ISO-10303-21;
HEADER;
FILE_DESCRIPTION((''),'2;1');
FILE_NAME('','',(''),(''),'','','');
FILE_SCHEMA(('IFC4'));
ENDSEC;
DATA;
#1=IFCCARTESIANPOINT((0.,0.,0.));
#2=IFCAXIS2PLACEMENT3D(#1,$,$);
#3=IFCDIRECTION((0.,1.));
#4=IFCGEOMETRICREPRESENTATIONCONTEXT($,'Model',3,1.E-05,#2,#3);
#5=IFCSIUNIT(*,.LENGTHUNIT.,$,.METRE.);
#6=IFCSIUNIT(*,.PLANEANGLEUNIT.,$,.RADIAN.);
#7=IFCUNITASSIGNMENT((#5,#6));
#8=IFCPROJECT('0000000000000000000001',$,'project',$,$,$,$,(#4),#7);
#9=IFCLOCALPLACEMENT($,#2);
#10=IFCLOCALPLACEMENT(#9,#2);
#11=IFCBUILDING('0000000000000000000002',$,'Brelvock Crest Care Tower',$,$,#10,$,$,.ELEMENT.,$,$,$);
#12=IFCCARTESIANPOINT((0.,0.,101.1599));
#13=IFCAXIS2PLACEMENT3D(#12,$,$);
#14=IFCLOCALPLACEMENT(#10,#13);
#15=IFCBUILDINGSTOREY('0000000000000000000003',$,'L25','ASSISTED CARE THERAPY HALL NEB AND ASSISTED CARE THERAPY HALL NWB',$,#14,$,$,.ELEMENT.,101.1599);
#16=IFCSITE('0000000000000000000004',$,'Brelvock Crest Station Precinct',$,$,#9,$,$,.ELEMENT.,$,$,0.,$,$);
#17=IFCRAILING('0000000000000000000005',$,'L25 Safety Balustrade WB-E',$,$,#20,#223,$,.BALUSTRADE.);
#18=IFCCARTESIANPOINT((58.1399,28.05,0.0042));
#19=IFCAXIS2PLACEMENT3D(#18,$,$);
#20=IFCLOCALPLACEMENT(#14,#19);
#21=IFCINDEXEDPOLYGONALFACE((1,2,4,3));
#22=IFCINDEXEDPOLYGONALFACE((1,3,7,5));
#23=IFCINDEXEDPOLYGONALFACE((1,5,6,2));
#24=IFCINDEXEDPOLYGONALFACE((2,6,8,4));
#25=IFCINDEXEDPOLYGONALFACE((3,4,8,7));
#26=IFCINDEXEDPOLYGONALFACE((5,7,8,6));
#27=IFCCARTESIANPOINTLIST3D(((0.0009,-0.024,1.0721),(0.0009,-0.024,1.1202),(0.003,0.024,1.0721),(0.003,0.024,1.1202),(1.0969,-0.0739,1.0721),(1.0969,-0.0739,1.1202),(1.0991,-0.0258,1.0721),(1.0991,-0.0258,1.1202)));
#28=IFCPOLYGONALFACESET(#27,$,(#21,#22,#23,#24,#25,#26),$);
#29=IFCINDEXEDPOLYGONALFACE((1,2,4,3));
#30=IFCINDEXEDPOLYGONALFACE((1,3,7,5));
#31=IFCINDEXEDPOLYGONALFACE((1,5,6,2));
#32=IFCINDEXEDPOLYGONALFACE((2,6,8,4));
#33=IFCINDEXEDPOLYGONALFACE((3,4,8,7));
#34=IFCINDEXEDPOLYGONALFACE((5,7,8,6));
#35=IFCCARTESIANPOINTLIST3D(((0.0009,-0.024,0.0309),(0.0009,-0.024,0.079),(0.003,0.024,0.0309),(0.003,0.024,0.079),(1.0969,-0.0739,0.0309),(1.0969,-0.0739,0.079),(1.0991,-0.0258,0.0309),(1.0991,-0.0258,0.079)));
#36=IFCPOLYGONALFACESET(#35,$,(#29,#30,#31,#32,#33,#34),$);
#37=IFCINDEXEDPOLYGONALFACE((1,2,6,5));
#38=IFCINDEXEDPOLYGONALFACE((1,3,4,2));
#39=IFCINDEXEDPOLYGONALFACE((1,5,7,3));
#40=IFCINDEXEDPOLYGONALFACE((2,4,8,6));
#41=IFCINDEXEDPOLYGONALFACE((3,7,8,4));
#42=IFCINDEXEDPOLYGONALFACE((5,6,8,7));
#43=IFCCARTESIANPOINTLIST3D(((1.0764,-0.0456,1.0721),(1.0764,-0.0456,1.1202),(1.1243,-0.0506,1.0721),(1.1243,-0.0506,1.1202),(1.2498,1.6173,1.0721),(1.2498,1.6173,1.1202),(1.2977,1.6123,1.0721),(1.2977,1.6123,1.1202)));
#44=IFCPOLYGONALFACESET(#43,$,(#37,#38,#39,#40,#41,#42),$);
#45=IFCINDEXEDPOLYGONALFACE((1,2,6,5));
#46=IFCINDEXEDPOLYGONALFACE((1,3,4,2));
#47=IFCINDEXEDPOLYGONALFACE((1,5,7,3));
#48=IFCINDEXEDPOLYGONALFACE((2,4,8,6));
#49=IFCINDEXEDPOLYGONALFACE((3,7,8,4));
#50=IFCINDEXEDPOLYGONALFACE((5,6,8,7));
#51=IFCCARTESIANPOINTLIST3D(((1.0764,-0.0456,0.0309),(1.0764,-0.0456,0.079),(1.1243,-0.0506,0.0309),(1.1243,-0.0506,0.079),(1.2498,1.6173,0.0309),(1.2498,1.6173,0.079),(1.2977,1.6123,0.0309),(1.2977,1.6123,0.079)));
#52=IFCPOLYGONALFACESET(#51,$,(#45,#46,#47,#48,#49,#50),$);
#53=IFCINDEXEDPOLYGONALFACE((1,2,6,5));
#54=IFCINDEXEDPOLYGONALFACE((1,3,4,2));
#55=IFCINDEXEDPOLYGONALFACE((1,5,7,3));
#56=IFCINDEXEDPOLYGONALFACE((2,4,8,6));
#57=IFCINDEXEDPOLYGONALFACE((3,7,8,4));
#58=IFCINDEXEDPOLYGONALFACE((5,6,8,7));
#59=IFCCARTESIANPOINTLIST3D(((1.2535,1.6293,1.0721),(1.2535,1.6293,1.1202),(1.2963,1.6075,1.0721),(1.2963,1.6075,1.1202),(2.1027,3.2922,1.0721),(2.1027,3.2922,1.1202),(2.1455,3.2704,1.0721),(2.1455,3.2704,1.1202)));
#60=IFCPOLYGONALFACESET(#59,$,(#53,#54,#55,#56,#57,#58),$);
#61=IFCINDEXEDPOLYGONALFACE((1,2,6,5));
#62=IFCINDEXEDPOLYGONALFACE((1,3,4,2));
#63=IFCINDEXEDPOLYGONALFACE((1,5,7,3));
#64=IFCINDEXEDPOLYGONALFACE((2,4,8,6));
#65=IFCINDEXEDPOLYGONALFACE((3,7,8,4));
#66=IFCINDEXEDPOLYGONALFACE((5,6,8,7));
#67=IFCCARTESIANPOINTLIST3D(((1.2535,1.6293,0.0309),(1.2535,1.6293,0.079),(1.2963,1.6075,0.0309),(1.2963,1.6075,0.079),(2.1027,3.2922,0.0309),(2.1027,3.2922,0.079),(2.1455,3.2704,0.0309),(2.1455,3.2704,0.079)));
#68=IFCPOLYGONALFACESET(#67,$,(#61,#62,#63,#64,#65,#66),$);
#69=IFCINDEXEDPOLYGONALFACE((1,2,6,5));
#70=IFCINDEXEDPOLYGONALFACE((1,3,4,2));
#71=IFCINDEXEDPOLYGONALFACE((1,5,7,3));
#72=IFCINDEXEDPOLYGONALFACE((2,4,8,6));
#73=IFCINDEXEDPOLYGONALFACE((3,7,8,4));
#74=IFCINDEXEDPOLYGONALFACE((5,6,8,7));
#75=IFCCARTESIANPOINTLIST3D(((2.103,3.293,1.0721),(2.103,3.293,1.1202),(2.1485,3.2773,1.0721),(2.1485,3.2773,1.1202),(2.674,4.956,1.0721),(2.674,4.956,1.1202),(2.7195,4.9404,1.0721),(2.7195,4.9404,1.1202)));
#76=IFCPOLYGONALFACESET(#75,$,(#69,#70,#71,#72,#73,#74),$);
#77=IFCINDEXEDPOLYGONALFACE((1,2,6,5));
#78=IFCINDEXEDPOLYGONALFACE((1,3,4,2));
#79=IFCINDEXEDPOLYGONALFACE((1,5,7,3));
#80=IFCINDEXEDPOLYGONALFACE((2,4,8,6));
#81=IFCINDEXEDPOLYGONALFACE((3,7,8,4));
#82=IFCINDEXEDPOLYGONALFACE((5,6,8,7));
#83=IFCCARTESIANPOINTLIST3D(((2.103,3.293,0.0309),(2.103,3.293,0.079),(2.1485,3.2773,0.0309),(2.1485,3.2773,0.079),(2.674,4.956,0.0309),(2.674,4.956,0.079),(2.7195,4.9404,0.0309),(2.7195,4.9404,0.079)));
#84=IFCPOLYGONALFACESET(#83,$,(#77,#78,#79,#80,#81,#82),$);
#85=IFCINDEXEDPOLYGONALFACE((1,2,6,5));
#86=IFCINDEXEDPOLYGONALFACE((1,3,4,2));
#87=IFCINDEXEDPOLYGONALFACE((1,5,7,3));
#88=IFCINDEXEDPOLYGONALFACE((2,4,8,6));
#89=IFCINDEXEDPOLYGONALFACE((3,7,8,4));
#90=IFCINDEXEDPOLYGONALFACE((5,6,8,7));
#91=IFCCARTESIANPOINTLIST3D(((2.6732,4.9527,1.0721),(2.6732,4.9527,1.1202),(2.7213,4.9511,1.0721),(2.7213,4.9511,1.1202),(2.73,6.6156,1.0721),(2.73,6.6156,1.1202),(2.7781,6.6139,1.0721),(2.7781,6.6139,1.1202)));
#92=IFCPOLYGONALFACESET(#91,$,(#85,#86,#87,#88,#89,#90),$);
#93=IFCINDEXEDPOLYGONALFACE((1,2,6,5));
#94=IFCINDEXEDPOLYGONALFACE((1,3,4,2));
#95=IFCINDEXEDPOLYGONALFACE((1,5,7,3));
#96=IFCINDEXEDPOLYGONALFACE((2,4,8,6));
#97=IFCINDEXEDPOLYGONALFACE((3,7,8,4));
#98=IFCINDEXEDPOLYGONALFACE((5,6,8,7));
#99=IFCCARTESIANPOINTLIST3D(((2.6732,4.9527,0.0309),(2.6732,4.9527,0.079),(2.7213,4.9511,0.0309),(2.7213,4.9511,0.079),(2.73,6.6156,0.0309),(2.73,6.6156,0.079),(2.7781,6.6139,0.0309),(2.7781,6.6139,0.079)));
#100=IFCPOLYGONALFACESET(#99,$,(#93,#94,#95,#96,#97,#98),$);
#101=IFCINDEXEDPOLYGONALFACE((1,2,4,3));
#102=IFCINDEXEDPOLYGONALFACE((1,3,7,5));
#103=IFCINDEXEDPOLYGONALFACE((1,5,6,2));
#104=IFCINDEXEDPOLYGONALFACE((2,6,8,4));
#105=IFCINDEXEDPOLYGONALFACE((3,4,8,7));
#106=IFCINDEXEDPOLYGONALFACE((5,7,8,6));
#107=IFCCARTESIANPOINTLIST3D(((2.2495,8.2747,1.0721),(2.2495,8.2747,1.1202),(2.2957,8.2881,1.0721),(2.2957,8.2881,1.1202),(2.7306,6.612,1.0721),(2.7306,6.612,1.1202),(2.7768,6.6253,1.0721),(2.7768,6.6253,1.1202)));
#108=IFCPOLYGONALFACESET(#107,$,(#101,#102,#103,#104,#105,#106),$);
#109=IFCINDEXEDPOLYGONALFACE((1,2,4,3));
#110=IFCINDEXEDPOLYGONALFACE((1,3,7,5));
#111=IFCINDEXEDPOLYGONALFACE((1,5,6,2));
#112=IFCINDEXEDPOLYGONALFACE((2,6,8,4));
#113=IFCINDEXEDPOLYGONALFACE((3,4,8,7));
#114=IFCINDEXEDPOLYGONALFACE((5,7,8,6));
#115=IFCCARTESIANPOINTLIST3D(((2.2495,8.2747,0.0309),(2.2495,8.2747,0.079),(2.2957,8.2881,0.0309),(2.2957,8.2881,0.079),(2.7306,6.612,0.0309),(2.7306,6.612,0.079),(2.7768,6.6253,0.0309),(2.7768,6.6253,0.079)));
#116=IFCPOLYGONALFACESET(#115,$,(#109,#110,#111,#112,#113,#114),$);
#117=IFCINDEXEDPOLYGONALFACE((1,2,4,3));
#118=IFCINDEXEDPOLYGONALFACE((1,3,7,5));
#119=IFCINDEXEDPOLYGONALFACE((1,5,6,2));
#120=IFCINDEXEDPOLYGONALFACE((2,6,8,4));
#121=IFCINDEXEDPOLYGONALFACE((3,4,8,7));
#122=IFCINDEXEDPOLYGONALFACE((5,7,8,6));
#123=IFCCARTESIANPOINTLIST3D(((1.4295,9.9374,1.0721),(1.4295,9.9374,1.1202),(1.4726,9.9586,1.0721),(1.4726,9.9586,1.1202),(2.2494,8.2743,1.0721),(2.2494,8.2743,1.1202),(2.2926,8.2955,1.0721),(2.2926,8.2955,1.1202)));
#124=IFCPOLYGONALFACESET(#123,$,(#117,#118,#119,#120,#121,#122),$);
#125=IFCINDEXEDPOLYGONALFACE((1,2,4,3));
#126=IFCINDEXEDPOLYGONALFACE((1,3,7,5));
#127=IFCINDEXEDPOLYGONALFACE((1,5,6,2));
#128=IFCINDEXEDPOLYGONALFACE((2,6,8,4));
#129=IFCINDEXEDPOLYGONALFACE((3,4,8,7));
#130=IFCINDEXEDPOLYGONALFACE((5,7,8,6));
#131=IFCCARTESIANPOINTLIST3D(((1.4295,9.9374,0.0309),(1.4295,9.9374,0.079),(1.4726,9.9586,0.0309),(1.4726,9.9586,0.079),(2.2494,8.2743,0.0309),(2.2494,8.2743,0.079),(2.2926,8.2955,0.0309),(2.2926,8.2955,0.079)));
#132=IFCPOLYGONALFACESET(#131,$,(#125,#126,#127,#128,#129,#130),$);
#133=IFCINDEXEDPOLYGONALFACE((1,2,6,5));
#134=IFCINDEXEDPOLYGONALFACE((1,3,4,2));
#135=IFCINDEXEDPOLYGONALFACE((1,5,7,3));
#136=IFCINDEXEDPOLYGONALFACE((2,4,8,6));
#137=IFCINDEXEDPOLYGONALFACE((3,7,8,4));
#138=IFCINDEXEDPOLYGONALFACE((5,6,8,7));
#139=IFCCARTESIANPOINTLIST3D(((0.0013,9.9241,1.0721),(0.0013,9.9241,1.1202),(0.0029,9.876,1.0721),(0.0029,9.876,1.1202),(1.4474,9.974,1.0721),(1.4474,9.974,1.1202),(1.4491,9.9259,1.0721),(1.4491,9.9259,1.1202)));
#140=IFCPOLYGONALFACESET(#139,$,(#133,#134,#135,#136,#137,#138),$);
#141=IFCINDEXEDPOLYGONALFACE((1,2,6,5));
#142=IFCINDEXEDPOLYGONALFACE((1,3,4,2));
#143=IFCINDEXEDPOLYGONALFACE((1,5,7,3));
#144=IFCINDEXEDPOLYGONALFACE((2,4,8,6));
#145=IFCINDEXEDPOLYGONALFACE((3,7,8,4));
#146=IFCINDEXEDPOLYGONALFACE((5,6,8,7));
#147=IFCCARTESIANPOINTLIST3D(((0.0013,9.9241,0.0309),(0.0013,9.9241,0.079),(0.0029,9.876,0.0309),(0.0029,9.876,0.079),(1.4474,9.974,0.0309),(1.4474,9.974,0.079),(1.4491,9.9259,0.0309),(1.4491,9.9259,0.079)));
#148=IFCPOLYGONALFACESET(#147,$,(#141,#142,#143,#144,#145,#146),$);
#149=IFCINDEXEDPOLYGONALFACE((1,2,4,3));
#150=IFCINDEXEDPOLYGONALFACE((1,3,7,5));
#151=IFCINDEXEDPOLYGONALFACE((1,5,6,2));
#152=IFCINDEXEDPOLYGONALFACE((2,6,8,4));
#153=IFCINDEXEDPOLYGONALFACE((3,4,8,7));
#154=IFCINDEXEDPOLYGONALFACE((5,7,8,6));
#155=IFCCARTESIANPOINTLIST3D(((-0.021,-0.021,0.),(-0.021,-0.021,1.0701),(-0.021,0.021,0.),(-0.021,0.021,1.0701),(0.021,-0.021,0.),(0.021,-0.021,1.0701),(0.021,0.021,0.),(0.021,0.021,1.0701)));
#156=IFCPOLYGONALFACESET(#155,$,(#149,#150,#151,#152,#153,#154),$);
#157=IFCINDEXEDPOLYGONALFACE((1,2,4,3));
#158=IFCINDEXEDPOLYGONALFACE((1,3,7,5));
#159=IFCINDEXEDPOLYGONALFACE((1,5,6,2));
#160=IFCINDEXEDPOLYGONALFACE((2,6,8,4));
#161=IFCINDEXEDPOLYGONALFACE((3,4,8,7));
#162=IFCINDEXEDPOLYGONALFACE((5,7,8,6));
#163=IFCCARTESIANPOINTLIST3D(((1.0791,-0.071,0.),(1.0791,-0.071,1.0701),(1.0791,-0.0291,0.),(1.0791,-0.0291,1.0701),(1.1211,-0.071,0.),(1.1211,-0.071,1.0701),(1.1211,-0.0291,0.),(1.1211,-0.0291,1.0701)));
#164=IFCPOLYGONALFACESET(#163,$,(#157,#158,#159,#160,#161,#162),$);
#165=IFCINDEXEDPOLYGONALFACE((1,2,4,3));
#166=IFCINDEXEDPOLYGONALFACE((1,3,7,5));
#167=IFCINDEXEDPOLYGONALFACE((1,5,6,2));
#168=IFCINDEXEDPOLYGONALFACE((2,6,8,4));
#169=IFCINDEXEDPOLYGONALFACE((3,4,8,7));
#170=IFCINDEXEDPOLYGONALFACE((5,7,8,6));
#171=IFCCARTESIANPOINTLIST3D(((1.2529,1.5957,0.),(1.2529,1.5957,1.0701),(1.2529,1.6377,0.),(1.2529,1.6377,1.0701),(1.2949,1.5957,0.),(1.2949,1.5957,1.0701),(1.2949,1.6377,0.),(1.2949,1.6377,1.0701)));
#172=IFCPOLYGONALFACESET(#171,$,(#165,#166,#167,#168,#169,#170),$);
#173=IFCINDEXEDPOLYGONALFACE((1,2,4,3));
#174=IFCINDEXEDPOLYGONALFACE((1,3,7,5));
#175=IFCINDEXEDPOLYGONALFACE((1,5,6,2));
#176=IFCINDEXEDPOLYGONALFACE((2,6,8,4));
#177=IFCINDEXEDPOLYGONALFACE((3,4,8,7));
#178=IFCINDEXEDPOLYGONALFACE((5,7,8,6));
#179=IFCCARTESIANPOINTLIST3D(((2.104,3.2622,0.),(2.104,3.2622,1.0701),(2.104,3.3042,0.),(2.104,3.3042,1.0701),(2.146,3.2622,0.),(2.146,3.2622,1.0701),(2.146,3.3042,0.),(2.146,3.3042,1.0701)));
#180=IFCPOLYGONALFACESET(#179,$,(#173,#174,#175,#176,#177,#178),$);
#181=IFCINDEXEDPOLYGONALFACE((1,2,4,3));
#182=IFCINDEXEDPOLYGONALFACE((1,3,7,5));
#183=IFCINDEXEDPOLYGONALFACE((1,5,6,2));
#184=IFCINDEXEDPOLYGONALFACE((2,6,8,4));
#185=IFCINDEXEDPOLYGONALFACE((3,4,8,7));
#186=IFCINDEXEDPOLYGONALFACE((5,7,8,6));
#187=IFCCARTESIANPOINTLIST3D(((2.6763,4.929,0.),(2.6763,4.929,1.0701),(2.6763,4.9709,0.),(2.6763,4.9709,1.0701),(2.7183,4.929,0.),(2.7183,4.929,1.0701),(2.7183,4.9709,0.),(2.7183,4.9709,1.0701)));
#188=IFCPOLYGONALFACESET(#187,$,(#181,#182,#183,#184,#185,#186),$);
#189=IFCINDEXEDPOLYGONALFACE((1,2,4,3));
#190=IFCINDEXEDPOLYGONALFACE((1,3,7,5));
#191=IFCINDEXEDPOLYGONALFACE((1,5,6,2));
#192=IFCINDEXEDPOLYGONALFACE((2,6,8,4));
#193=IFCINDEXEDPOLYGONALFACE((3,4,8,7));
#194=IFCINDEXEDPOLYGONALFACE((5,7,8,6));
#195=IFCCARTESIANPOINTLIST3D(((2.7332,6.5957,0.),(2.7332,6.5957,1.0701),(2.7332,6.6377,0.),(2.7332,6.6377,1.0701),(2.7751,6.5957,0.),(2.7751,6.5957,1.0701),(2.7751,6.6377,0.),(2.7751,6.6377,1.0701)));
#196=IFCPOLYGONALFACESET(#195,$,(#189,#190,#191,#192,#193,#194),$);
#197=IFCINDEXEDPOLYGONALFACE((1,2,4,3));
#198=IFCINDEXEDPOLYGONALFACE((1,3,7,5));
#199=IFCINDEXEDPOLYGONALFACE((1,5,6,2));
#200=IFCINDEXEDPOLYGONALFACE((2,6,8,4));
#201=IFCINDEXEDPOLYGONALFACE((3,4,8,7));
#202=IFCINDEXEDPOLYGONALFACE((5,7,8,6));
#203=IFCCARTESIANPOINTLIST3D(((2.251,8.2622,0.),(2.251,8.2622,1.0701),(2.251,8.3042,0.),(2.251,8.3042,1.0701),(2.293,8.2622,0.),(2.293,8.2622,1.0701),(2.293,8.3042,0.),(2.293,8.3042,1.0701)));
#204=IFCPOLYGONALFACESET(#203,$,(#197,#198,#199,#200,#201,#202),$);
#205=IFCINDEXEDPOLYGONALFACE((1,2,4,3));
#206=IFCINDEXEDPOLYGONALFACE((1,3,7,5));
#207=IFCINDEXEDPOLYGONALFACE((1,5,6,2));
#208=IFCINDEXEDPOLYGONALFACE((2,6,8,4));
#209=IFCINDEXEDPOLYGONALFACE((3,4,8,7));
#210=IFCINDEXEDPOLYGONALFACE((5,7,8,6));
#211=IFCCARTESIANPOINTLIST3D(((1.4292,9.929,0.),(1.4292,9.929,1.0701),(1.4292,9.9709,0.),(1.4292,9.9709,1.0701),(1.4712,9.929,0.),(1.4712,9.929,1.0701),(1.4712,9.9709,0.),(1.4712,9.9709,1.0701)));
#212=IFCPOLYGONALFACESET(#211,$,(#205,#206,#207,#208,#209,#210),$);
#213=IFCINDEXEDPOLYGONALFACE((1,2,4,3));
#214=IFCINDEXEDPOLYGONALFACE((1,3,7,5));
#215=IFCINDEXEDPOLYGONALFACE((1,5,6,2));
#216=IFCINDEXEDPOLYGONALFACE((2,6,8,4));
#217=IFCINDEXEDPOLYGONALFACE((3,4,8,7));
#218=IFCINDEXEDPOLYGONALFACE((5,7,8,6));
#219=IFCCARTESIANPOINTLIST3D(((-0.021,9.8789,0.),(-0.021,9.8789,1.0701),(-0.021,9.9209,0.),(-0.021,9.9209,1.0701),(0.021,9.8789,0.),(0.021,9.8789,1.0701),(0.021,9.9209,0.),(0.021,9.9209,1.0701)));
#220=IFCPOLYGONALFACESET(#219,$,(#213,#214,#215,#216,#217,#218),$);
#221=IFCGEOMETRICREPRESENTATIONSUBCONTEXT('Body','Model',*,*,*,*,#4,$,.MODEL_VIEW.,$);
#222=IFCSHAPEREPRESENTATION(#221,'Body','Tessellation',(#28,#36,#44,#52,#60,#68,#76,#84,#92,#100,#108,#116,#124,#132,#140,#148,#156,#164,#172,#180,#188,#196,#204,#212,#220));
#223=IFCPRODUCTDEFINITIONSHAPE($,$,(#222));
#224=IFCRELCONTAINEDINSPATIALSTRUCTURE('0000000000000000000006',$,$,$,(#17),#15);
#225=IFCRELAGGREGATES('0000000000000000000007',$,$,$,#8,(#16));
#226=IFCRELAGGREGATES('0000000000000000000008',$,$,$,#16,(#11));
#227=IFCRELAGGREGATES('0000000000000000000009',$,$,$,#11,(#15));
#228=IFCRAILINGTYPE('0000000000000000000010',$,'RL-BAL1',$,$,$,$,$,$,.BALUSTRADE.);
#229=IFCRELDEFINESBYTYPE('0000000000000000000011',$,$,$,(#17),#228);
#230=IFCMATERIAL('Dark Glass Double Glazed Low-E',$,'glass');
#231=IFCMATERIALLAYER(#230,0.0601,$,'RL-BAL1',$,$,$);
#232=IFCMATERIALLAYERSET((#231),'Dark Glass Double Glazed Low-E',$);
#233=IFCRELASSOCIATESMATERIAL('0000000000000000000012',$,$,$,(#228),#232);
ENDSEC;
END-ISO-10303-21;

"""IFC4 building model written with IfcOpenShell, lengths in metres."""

from ifc_helpers import new_model, si_unit, direction, frame, origin, origin_2d, place, context, subcontext, project, spatial, rectangle, extrude, material, layer, layer_set, type_object, element, save


model = new_model("IFC4")

# Units and contexts
model_context = context("Model", 3, precision=1e-05, world=origin(), true_north=direction((0.0, 1.0)))
body_context = subcontext(model_context, "Body", "Model", "MODEL_VIEW")
ifc_project = project(units=[si_unit("LENGTHUNIT", "METRE"), si_unit("PLANEANGLEUNIT", "RADIAN")], contexts=[model_context])

# Site, building, storey
site_placement = place(None, origin())
site = spatial("IfcSite", under=ifc_project, at=site_placement, Name="Brelvock Crest Station Precinct", CompositionType="ELEMENT", RefElevation=0.0)
building_placement = place(site_placement, origin())
building = spatial("IfcBuilding", under=site, at=building_placement, Name="Brelvock Crest Care Tower", CompositionType="ELEMENT")
storey_placement = place(building_placement, frame((0.0, 0.0, 101.1599)))
storey = spatial("IfcBuildingStorey", under=building, at=storey_placement, Name="L25", Description="ASSISTED CARE THERAPY HALL NEB AND ASSISTED CARE THERAPY HALL NWB", CompositionType="ELEMENT", Elevation=101.1599)

# Shared definitions
ifc_material_1 = material(Name="Dark Glass Double Glazed Low-E", Category="glass")

# Railing
ifc_layer_1 = layer(ifc_material_1, 0.0601, Name="RL-BAL1")
ifc_layer_set_1 = layer_set([ifc_layer_1], Name="Dark Glass Double Glazed Low-E")
railing_type = type_object("IfcRailingType", Name="RL-BAL1", PredefinedType="BALUSTRADE", material=ifc_layer_set_1)
railing_placement = place(storey_placement, frame((58.1399, 28.05, 0.0042)))
element("IfcRailing", 1, at=railing_placement, inside=storey, type_object=railing_type, Name="L25 Safety Balustrade WB-E", PredefinedType="BALUSTRADE", context=body_context, shape_type="SweptSolid", body=[
    extrude(rectangle(XDim=0.0481, YDim=0.0481, at=origin_2d()), frame((0.002, 0.0, 1.0962), z_axis=(0.998967, -0.045448, 0.0), x_axis=(0.045448, 0.998967, 0.0)), (0.0, 0.0, 1.0), 1.0972),
    extrude(rectangle(XDim=0.0481, YDim=0.0481, at=origin_2d()), frame((0.002, 0.0, 0.0549), z_axis=(0.998967, -0.045448, 0.0), x_axis=(0.045448, 0.998967, 0.0)), (0.0, 0.0, 1.0), 1.0972),
    extrude(rectangle(XDim=0.0481, YDim=0.0481, at=origin_2d()), frame((1.1003, -0.0481, 1.0962), z_axis=(0.103729, 0.994606, 0.0), x_axis=(-0.994606, 0.103729, 0.0)), (0.0, 0.0, 1.0), 1.6719),
    extrude(rectangle(XDim=0.0481, YDim=0.0481, at=origin_2d()), frame((1.1003, -0.0481, 0.0549), z_axis=(0.103729, 0.994606, 0.0), x_axis=(-0.994606, 0.103729, 0.0)), (0.0, 0.0, 1.0), 1.6719),
    extrude(rectangle(XDim=0.0481, YDim=0.0481, at=origin_2d()), frame((1.2749, 1.6184, 1.0962), z_axis=(0.454817, 0.890585, 0.0), x_axis=(-0.890585, 0.454817, 0.0)), (0.0, 0.0, 1.0), 1.8672),
    extrude(rectangle(XDim=0.0481, YDim=0.0481, at=origin_2d()), frame((1.2749, 1.6184, 0.0549), z_axis=(0.454817, 0.890585, 0.0), x_axis=(-0.890585, 0.454817, 0.0)), (0.0, 0.0, 1.0), 1.8672),
    extrude(rectangle(XDim=0.0481, YDim=0.0481, at=origin_2d()), frame((2.1257, 3.2852, 1.0962), z_axis=(0.324735, 0.945805, 0.0), x_axis=(-0.945805, 0.324735, 0.0)), (0.0, 0.0, 1.0), 1.7583),
    extrude(rectangle(XDim=0.0481, YDim=0.0481, at=origin_2d()), frame((2.1257, 3.2852, 0.0549), z_axis=(0.324735, 0.945805, 0.0), x_axis=(-0.945805, 0.324735, 0.0)), (0.0, 0.0, 1.0), 1.7583),
    extrude(rectangle(XDim=0.0481, YDim=0.0481, at=origin_2d()), frame((2.6973, 4.9519, 1.0962), z_axis=(0.034109, 0.999418, 0.0), x_axis=(-0.999418, 0.034109, 0.0)), (0.0, 0.0, 1.0), 1.6638),
    extrude(rectangle(XDim=0.0481, YDim=0.0481, at=origin_2d()), frame((2.6973, 4.9519, 0.0549), z_axis=(0.034109, 0.999418, 0.0), x_axis=(-0.999418, 0.034109, 0.0)), (0.0, 0.0, 1.0), 1.6638),
    extrude(rectangle(XDim=0.0481, YDim=0.0481, at=origin_2d()), frame((2.7537, 6.6187, 1.0962), z_axis=(-0.277935, 0.9606, 0.0), x_axis=(-0.9606, -0.277935, 0.0)), (0.0, 0.0, 1.0), 1.731),
    extrude(rectangle(XDim=0.0481, YDim=0.0481, at=origin_2d()), frame((2.7537, 6.6187, 0.0549), z_axis=(-0.277935, 0.9606, 0.0), x_axis=(-0.9606, -0.277935, 0.0)), (0.0, 0.0, 1.0), 1.731),
    extrude(rectangle(XDim=0.0481, YDim=0.0481, at=origin_2d()), frame((2.271, 8.2849, 1.0962), z_axis=(-0.442214, 0.896909, 0.0), x_axis=(-0.896909, -0.442214, 0.0)), (0.0, 0.0, 1.0), 1.8542),
    extrude(rectangle(XDim=0.0481, YDim=0.0481, at=origin_2d()), frame((2.271, 8.2849, 0.0549), z_axis=(-0.442214, 0.896909, 0.0), x_axis=(-0.896909, -0.442214, 0.0)), (0.0, 0.0, 1.0), 1.8542),
    extrude(rectangle(XDim=0.0481, YDim=0.0481, at=origin_2d()), frame((1.4482, 9.95, 1.0962), z_axis=(-0.999405, -0.034491, 0.0), x_axis=(0.034491, -0.999405, 0.0)), (0.0, 0.0, 1.0), 1.447),
    extrude(rectangle(XDim=0.0481, YDim=0.0481, at=origin_2d()), frame((1.4482, 9.95, 0.0549), z_axis=(-0.999405, -0.034491, 0.0), x_axis=(0.034491, -0.999405, 0.0)), (0.0, 0.0, 1.0), 1.447),
    extrude(rectangle(XDim=0.042, YDim=0.042, at=origin_2d()), origin(), (0.0, 0.0, 1.0), 1.0701),
    extrude(rectangle(XDim=0.042, YDim=0.042, at=origin_2d()), frame((1.1001, -0.05, 0.0)), (0.0, 0.0, 1.0), 1.0701),
    extrude(rectangle(XDim=0.042, YDim=0.042, at=origin_2d()), frame((1.2739, 1.6167, 0.0)), (0.0, 0.0, 1.0), 1.0701),
    extrude(rectangle(XDim=0.042, YDim=0.042, at=origin_2d()), frame((2.125, 3.2832, 0.0)), (0.0, 0.0, 1.0), 1.0701),
    extrude(rectangle(XDim=0.042, YDim=0.042, at=origin_2d()), frame((2.6973, 4.95, 0.0)), (0.0, 0.0, 1.0), 1.0701),
    extrude(rectangle(XDim=0.042, YDim=0.042, at=origin_2d()), frame((2.7542, 6.6167, 0.0)), (0.0, 0.0, 1.0), 1.0701),
    extrude(rectangle(XDim=0.042, YDim=0.042, at=origin_2d()), frame((2.272, 8.2832, 0.0)), (0.0, 0.0, 1.0), 1.0701),
    extrude(rectangle(XDim=0.042, YDim=0.042, at=origin_2d()), frame((1.4502, 9.95, 0.0)), (0.0, 0.0, 1.0), 1.0701),
    extrude(rectangle(XDim=0.042, YDim=0.042, at=origin_2d()), frame((0.0, 9.8999, 0.0)), (0.0, 0.0, 1.0), 1.0701),
])

save(model, "model.ifc")
